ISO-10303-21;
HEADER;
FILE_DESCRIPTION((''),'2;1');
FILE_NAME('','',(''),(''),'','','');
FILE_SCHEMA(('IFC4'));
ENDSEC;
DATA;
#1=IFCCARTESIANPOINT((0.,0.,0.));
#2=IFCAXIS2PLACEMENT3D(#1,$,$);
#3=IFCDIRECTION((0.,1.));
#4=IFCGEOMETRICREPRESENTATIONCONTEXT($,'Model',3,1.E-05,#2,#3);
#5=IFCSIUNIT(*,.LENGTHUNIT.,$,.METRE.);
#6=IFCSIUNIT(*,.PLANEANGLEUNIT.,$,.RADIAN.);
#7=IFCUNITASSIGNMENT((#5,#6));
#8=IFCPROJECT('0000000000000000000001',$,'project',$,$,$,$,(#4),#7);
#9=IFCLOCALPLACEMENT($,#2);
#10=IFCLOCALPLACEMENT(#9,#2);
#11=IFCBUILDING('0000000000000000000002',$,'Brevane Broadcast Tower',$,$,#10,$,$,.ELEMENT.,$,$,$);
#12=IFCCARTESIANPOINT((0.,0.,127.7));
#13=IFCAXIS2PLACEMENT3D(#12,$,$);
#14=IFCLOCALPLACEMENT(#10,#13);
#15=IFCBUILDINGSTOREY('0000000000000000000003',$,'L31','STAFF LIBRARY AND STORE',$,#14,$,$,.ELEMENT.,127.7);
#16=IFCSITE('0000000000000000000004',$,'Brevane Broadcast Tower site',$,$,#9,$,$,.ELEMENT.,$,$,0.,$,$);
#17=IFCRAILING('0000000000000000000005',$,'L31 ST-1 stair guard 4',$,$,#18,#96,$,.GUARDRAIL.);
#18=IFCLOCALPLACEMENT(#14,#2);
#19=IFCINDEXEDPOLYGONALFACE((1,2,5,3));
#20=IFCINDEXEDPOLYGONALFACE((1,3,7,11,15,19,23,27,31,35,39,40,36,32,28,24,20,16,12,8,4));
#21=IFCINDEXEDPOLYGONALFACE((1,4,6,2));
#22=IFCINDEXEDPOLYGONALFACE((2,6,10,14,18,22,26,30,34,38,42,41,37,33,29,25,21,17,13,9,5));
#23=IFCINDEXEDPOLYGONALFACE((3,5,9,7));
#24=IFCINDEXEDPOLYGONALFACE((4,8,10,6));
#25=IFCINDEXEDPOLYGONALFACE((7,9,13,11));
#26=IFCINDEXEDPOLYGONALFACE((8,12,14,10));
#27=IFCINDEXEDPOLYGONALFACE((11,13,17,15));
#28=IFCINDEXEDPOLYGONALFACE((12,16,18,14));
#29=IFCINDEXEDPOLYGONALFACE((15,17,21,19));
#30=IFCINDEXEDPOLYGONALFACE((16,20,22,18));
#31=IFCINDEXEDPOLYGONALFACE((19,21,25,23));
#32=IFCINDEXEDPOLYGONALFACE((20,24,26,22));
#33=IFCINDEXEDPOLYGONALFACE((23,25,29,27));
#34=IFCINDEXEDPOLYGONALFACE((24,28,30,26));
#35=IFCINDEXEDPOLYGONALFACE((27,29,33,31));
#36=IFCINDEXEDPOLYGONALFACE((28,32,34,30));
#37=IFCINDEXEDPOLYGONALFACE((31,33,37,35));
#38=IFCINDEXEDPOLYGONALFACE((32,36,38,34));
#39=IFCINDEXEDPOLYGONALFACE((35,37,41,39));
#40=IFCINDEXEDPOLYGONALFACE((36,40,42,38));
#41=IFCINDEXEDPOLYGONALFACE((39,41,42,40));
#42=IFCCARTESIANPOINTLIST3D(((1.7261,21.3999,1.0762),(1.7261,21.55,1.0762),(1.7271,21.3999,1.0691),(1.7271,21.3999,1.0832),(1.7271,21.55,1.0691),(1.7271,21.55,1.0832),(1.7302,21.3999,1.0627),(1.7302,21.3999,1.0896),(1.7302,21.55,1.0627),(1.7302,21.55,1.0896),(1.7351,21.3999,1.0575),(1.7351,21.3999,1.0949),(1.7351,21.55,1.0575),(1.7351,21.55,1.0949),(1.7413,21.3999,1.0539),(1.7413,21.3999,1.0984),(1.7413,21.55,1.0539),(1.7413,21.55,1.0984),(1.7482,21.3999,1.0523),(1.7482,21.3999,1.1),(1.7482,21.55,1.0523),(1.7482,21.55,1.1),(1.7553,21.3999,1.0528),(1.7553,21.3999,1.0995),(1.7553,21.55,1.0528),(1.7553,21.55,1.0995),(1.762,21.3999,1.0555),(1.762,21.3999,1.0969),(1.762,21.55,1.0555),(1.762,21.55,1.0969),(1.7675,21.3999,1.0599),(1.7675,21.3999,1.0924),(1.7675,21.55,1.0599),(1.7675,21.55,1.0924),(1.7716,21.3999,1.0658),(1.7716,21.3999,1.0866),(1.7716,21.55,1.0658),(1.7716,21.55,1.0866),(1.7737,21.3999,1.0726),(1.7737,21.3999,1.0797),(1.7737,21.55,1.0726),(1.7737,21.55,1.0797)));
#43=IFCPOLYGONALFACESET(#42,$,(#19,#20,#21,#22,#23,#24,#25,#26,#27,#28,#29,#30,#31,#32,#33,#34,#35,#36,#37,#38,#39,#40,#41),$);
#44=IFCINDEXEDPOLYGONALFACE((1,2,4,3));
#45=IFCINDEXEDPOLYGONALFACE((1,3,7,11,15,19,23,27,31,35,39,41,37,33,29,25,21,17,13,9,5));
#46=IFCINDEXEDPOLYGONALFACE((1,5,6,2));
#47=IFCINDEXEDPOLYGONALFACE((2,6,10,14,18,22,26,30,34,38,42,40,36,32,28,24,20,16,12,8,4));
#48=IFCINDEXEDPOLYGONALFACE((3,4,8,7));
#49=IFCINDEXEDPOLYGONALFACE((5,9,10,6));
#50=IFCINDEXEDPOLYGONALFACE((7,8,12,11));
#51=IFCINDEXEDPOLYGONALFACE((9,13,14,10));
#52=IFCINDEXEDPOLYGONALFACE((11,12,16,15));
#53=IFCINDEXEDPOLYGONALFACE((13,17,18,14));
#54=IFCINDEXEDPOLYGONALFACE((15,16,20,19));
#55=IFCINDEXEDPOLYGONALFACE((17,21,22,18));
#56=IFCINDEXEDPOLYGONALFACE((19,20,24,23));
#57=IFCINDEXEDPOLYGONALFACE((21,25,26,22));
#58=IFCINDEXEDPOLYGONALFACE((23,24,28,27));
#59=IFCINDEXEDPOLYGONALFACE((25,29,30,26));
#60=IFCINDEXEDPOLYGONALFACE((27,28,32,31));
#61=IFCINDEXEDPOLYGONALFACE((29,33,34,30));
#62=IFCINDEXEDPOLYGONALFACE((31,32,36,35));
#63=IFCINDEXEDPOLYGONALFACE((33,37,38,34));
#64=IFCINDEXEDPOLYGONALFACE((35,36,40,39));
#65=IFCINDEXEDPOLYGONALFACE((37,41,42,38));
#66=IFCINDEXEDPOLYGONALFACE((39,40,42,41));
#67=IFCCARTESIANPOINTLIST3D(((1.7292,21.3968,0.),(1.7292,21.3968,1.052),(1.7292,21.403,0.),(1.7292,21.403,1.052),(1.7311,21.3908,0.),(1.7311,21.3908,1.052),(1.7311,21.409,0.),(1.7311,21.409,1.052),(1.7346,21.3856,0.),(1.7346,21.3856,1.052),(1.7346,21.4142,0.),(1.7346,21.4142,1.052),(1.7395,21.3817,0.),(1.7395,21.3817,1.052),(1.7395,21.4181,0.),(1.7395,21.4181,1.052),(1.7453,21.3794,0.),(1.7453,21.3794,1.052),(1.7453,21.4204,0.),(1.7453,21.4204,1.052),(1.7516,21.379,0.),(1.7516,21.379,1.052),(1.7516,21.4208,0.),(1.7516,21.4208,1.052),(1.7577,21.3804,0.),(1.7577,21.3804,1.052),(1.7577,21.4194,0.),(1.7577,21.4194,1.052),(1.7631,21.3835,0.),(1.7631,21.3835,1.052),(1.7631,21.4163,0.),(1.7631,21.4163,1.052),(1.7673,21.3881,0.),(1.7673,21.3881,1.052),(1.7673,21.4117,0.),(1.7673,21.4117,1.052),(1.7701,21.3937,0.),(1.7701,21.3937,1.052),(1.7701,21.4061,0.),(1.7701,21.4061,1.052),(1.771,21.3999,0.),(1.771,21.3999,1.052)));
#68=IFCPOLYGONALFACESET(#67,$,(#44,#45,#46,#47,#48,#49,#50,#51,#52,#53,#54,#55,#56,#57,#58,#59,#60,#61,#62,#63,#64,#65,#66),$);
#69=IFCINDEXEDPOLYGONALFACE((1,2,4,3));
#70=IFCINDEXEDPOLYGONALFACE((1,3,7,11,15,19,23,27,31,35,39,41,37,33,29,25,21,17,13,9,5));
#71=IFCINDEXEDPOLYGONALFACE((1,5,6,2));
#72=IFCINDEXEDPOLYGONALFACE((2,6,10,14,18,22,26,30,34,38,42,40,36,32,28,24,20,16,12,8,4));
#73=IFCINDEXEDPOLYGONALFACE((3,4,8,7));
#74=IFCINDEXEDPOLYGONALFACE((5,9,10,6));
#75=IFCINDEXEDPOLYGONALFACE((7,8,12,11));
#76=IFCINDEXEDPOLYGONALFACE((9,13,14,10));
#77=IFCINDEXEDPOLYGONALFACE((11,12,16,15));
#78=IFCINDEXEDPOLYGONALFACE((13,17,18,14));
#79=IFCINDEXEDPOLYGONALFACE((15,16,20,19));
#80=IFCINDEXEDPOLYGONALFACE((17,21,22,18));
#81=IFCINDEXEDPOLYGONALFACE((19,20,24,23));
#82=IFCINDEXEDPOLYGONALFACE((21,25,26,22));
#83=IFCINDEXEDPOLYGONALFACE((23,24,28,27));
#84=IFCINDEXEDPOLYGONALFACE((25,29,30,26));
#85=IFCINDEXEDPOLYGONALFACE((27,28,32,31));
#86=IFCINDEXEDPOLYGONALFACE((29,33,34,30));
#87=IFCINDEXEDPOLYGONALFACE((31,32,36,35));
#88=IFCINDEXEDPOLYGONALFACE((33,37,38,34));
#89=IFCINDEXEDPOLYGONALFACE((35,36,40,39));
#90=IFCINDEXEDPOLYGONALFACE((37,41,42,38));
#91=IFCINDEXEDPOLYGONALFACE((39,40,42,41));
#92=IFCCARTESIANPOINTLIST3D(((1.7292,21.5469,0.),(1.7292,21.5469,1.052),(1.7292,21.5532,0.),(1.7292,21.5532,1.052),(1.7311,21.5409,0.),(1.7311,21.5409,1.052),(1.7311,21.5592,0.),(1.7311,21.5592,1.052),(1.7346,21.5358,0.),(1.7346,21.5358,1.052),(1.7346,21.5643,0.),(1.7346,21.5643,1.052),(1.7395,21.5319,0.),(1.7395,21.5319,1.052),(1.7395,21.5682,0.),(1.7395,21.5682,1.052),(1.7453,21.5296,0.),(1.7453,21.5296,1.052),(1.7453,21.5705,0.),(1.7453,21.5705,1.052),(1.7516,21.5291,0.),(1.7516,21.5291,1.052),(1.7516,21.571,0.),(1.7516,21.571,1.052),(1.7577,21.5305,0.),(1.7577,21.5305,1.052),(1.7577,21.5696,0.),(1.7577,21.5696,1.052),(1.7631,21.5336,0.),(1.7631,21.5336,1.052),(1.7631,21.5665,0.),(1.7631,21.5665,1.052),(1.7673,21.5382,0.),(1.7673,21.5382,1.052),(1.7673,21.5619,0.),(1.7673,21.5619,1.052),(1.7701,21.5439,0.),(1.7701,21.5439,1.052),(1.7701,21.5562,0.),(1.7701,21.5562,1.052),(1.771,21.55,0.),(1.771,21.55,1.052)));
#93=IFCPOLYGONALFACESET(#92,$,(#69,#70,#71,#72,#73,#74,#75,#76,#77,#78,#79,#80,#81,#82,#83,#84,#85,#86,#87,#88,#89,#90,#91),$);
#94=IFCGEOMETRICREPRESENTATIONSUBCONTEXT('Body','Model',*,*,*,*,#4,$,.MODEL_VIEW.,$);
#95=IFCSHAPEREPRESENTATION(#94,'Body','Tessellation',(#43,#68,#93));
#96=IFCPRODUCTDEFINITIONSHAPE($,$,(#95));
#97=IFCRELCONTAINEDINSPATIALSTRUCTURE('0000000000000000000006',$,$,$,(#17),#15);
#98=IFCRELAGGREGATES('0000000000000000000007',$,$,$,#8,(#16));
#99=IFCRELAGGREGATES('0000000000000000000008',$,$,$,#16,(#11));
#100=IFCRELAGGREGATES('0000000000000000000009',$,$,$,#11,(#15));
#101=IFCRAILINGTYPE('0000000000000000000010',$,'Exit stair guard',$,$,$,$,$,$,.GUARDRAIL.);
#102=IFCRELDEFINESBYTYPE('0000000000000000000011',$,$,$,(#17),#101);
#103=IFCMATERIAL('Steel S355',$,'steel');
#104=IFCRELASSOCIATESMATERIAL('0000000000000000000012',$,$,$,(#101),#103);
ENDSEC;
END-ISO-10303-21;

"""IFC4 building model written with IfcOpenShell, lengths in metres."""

from ifc_helpers import new_model, si_unit, direction, frame, origin, origin_2d, place, context, subcontext, project, spatial, circle, extrude, material, type_object, element, save


model = new_model("IFC4")

# Units and contexts
model_context = context("Model", 3, precision=1e-05, world=origin(), true_north=direction((0.0, 1.0)))
body_context = subcontext(model_context, "Body", "Model", "MODEL_VIEW")
ifc_project = project(units=[si_unit("LENGTHUNIT", "METRE"), si_unit("PLANEANGLEUNIT", "RADIAN")], contexts=[model_context])

# Site, building, storey
site_placement = place(None, origin())
site = spatial("IfcSite", under=ifc_project, at=site_placement, Name="Brevane Broadcast Tower site", CompositionType="ELEMENT", RefElevation=0.0)
building_placement = place(site_placement, origin())
building = spatial("IfcBuilding", under=site, at=building_placement, Name="Brevane Broadcast Tower", CompositionType="ELEMENT")
storey_placement = place(building_placement, frame((0.0, 0.0, 127.7)))
storey = spatial("IfcBuildingStorey", under=building, at=storey_placement, Name="L31", Description="STAFF LIBRARY AND STORE", CompositionType="ELEMENT", Elevation=127.7)

# Railing
ifc_material_1 = material(Name="Steel S355", Category="steel")
railing_type_1 = type_object("IfcRailingType", Name="Exit stair guard", PredefinedType="GUARDRAIL", material=ifc_material_1)
railing_1_placement = place(storey_placement, frame((1.75, 21.3999, 0.0)))
element("IfcRailing", 1, at=railing_1_placement, inside=storey, type_object=railing_type_1, Name="L31 ST-1 stair guard 4", PredefinedType="GUARDRAIL", context=body_context, shape_type="SweptSolid", body=[
    extrude(circle(Radius=0.0239, at=origin_2d()), frame((0.0, 0.0, 1.0762), z_axis=(0.0, 1.0, 0.0), x_axis=(-1.0, 0.0, 0.0)), (0.0, 0.0, 1.0), 0.1501),
    extrude(circle(Radius=0.021, at=origin_2d()), origin(), (0.0, 0.0, 1.0), 1.052),
    extrude(circle(Radius=0.021, at=origin_2d()), frame((0.0, 0.1501, 0.0)), (0.0, 0.0, 1.0), 1.052),
])

save(model, "model.ifc")
